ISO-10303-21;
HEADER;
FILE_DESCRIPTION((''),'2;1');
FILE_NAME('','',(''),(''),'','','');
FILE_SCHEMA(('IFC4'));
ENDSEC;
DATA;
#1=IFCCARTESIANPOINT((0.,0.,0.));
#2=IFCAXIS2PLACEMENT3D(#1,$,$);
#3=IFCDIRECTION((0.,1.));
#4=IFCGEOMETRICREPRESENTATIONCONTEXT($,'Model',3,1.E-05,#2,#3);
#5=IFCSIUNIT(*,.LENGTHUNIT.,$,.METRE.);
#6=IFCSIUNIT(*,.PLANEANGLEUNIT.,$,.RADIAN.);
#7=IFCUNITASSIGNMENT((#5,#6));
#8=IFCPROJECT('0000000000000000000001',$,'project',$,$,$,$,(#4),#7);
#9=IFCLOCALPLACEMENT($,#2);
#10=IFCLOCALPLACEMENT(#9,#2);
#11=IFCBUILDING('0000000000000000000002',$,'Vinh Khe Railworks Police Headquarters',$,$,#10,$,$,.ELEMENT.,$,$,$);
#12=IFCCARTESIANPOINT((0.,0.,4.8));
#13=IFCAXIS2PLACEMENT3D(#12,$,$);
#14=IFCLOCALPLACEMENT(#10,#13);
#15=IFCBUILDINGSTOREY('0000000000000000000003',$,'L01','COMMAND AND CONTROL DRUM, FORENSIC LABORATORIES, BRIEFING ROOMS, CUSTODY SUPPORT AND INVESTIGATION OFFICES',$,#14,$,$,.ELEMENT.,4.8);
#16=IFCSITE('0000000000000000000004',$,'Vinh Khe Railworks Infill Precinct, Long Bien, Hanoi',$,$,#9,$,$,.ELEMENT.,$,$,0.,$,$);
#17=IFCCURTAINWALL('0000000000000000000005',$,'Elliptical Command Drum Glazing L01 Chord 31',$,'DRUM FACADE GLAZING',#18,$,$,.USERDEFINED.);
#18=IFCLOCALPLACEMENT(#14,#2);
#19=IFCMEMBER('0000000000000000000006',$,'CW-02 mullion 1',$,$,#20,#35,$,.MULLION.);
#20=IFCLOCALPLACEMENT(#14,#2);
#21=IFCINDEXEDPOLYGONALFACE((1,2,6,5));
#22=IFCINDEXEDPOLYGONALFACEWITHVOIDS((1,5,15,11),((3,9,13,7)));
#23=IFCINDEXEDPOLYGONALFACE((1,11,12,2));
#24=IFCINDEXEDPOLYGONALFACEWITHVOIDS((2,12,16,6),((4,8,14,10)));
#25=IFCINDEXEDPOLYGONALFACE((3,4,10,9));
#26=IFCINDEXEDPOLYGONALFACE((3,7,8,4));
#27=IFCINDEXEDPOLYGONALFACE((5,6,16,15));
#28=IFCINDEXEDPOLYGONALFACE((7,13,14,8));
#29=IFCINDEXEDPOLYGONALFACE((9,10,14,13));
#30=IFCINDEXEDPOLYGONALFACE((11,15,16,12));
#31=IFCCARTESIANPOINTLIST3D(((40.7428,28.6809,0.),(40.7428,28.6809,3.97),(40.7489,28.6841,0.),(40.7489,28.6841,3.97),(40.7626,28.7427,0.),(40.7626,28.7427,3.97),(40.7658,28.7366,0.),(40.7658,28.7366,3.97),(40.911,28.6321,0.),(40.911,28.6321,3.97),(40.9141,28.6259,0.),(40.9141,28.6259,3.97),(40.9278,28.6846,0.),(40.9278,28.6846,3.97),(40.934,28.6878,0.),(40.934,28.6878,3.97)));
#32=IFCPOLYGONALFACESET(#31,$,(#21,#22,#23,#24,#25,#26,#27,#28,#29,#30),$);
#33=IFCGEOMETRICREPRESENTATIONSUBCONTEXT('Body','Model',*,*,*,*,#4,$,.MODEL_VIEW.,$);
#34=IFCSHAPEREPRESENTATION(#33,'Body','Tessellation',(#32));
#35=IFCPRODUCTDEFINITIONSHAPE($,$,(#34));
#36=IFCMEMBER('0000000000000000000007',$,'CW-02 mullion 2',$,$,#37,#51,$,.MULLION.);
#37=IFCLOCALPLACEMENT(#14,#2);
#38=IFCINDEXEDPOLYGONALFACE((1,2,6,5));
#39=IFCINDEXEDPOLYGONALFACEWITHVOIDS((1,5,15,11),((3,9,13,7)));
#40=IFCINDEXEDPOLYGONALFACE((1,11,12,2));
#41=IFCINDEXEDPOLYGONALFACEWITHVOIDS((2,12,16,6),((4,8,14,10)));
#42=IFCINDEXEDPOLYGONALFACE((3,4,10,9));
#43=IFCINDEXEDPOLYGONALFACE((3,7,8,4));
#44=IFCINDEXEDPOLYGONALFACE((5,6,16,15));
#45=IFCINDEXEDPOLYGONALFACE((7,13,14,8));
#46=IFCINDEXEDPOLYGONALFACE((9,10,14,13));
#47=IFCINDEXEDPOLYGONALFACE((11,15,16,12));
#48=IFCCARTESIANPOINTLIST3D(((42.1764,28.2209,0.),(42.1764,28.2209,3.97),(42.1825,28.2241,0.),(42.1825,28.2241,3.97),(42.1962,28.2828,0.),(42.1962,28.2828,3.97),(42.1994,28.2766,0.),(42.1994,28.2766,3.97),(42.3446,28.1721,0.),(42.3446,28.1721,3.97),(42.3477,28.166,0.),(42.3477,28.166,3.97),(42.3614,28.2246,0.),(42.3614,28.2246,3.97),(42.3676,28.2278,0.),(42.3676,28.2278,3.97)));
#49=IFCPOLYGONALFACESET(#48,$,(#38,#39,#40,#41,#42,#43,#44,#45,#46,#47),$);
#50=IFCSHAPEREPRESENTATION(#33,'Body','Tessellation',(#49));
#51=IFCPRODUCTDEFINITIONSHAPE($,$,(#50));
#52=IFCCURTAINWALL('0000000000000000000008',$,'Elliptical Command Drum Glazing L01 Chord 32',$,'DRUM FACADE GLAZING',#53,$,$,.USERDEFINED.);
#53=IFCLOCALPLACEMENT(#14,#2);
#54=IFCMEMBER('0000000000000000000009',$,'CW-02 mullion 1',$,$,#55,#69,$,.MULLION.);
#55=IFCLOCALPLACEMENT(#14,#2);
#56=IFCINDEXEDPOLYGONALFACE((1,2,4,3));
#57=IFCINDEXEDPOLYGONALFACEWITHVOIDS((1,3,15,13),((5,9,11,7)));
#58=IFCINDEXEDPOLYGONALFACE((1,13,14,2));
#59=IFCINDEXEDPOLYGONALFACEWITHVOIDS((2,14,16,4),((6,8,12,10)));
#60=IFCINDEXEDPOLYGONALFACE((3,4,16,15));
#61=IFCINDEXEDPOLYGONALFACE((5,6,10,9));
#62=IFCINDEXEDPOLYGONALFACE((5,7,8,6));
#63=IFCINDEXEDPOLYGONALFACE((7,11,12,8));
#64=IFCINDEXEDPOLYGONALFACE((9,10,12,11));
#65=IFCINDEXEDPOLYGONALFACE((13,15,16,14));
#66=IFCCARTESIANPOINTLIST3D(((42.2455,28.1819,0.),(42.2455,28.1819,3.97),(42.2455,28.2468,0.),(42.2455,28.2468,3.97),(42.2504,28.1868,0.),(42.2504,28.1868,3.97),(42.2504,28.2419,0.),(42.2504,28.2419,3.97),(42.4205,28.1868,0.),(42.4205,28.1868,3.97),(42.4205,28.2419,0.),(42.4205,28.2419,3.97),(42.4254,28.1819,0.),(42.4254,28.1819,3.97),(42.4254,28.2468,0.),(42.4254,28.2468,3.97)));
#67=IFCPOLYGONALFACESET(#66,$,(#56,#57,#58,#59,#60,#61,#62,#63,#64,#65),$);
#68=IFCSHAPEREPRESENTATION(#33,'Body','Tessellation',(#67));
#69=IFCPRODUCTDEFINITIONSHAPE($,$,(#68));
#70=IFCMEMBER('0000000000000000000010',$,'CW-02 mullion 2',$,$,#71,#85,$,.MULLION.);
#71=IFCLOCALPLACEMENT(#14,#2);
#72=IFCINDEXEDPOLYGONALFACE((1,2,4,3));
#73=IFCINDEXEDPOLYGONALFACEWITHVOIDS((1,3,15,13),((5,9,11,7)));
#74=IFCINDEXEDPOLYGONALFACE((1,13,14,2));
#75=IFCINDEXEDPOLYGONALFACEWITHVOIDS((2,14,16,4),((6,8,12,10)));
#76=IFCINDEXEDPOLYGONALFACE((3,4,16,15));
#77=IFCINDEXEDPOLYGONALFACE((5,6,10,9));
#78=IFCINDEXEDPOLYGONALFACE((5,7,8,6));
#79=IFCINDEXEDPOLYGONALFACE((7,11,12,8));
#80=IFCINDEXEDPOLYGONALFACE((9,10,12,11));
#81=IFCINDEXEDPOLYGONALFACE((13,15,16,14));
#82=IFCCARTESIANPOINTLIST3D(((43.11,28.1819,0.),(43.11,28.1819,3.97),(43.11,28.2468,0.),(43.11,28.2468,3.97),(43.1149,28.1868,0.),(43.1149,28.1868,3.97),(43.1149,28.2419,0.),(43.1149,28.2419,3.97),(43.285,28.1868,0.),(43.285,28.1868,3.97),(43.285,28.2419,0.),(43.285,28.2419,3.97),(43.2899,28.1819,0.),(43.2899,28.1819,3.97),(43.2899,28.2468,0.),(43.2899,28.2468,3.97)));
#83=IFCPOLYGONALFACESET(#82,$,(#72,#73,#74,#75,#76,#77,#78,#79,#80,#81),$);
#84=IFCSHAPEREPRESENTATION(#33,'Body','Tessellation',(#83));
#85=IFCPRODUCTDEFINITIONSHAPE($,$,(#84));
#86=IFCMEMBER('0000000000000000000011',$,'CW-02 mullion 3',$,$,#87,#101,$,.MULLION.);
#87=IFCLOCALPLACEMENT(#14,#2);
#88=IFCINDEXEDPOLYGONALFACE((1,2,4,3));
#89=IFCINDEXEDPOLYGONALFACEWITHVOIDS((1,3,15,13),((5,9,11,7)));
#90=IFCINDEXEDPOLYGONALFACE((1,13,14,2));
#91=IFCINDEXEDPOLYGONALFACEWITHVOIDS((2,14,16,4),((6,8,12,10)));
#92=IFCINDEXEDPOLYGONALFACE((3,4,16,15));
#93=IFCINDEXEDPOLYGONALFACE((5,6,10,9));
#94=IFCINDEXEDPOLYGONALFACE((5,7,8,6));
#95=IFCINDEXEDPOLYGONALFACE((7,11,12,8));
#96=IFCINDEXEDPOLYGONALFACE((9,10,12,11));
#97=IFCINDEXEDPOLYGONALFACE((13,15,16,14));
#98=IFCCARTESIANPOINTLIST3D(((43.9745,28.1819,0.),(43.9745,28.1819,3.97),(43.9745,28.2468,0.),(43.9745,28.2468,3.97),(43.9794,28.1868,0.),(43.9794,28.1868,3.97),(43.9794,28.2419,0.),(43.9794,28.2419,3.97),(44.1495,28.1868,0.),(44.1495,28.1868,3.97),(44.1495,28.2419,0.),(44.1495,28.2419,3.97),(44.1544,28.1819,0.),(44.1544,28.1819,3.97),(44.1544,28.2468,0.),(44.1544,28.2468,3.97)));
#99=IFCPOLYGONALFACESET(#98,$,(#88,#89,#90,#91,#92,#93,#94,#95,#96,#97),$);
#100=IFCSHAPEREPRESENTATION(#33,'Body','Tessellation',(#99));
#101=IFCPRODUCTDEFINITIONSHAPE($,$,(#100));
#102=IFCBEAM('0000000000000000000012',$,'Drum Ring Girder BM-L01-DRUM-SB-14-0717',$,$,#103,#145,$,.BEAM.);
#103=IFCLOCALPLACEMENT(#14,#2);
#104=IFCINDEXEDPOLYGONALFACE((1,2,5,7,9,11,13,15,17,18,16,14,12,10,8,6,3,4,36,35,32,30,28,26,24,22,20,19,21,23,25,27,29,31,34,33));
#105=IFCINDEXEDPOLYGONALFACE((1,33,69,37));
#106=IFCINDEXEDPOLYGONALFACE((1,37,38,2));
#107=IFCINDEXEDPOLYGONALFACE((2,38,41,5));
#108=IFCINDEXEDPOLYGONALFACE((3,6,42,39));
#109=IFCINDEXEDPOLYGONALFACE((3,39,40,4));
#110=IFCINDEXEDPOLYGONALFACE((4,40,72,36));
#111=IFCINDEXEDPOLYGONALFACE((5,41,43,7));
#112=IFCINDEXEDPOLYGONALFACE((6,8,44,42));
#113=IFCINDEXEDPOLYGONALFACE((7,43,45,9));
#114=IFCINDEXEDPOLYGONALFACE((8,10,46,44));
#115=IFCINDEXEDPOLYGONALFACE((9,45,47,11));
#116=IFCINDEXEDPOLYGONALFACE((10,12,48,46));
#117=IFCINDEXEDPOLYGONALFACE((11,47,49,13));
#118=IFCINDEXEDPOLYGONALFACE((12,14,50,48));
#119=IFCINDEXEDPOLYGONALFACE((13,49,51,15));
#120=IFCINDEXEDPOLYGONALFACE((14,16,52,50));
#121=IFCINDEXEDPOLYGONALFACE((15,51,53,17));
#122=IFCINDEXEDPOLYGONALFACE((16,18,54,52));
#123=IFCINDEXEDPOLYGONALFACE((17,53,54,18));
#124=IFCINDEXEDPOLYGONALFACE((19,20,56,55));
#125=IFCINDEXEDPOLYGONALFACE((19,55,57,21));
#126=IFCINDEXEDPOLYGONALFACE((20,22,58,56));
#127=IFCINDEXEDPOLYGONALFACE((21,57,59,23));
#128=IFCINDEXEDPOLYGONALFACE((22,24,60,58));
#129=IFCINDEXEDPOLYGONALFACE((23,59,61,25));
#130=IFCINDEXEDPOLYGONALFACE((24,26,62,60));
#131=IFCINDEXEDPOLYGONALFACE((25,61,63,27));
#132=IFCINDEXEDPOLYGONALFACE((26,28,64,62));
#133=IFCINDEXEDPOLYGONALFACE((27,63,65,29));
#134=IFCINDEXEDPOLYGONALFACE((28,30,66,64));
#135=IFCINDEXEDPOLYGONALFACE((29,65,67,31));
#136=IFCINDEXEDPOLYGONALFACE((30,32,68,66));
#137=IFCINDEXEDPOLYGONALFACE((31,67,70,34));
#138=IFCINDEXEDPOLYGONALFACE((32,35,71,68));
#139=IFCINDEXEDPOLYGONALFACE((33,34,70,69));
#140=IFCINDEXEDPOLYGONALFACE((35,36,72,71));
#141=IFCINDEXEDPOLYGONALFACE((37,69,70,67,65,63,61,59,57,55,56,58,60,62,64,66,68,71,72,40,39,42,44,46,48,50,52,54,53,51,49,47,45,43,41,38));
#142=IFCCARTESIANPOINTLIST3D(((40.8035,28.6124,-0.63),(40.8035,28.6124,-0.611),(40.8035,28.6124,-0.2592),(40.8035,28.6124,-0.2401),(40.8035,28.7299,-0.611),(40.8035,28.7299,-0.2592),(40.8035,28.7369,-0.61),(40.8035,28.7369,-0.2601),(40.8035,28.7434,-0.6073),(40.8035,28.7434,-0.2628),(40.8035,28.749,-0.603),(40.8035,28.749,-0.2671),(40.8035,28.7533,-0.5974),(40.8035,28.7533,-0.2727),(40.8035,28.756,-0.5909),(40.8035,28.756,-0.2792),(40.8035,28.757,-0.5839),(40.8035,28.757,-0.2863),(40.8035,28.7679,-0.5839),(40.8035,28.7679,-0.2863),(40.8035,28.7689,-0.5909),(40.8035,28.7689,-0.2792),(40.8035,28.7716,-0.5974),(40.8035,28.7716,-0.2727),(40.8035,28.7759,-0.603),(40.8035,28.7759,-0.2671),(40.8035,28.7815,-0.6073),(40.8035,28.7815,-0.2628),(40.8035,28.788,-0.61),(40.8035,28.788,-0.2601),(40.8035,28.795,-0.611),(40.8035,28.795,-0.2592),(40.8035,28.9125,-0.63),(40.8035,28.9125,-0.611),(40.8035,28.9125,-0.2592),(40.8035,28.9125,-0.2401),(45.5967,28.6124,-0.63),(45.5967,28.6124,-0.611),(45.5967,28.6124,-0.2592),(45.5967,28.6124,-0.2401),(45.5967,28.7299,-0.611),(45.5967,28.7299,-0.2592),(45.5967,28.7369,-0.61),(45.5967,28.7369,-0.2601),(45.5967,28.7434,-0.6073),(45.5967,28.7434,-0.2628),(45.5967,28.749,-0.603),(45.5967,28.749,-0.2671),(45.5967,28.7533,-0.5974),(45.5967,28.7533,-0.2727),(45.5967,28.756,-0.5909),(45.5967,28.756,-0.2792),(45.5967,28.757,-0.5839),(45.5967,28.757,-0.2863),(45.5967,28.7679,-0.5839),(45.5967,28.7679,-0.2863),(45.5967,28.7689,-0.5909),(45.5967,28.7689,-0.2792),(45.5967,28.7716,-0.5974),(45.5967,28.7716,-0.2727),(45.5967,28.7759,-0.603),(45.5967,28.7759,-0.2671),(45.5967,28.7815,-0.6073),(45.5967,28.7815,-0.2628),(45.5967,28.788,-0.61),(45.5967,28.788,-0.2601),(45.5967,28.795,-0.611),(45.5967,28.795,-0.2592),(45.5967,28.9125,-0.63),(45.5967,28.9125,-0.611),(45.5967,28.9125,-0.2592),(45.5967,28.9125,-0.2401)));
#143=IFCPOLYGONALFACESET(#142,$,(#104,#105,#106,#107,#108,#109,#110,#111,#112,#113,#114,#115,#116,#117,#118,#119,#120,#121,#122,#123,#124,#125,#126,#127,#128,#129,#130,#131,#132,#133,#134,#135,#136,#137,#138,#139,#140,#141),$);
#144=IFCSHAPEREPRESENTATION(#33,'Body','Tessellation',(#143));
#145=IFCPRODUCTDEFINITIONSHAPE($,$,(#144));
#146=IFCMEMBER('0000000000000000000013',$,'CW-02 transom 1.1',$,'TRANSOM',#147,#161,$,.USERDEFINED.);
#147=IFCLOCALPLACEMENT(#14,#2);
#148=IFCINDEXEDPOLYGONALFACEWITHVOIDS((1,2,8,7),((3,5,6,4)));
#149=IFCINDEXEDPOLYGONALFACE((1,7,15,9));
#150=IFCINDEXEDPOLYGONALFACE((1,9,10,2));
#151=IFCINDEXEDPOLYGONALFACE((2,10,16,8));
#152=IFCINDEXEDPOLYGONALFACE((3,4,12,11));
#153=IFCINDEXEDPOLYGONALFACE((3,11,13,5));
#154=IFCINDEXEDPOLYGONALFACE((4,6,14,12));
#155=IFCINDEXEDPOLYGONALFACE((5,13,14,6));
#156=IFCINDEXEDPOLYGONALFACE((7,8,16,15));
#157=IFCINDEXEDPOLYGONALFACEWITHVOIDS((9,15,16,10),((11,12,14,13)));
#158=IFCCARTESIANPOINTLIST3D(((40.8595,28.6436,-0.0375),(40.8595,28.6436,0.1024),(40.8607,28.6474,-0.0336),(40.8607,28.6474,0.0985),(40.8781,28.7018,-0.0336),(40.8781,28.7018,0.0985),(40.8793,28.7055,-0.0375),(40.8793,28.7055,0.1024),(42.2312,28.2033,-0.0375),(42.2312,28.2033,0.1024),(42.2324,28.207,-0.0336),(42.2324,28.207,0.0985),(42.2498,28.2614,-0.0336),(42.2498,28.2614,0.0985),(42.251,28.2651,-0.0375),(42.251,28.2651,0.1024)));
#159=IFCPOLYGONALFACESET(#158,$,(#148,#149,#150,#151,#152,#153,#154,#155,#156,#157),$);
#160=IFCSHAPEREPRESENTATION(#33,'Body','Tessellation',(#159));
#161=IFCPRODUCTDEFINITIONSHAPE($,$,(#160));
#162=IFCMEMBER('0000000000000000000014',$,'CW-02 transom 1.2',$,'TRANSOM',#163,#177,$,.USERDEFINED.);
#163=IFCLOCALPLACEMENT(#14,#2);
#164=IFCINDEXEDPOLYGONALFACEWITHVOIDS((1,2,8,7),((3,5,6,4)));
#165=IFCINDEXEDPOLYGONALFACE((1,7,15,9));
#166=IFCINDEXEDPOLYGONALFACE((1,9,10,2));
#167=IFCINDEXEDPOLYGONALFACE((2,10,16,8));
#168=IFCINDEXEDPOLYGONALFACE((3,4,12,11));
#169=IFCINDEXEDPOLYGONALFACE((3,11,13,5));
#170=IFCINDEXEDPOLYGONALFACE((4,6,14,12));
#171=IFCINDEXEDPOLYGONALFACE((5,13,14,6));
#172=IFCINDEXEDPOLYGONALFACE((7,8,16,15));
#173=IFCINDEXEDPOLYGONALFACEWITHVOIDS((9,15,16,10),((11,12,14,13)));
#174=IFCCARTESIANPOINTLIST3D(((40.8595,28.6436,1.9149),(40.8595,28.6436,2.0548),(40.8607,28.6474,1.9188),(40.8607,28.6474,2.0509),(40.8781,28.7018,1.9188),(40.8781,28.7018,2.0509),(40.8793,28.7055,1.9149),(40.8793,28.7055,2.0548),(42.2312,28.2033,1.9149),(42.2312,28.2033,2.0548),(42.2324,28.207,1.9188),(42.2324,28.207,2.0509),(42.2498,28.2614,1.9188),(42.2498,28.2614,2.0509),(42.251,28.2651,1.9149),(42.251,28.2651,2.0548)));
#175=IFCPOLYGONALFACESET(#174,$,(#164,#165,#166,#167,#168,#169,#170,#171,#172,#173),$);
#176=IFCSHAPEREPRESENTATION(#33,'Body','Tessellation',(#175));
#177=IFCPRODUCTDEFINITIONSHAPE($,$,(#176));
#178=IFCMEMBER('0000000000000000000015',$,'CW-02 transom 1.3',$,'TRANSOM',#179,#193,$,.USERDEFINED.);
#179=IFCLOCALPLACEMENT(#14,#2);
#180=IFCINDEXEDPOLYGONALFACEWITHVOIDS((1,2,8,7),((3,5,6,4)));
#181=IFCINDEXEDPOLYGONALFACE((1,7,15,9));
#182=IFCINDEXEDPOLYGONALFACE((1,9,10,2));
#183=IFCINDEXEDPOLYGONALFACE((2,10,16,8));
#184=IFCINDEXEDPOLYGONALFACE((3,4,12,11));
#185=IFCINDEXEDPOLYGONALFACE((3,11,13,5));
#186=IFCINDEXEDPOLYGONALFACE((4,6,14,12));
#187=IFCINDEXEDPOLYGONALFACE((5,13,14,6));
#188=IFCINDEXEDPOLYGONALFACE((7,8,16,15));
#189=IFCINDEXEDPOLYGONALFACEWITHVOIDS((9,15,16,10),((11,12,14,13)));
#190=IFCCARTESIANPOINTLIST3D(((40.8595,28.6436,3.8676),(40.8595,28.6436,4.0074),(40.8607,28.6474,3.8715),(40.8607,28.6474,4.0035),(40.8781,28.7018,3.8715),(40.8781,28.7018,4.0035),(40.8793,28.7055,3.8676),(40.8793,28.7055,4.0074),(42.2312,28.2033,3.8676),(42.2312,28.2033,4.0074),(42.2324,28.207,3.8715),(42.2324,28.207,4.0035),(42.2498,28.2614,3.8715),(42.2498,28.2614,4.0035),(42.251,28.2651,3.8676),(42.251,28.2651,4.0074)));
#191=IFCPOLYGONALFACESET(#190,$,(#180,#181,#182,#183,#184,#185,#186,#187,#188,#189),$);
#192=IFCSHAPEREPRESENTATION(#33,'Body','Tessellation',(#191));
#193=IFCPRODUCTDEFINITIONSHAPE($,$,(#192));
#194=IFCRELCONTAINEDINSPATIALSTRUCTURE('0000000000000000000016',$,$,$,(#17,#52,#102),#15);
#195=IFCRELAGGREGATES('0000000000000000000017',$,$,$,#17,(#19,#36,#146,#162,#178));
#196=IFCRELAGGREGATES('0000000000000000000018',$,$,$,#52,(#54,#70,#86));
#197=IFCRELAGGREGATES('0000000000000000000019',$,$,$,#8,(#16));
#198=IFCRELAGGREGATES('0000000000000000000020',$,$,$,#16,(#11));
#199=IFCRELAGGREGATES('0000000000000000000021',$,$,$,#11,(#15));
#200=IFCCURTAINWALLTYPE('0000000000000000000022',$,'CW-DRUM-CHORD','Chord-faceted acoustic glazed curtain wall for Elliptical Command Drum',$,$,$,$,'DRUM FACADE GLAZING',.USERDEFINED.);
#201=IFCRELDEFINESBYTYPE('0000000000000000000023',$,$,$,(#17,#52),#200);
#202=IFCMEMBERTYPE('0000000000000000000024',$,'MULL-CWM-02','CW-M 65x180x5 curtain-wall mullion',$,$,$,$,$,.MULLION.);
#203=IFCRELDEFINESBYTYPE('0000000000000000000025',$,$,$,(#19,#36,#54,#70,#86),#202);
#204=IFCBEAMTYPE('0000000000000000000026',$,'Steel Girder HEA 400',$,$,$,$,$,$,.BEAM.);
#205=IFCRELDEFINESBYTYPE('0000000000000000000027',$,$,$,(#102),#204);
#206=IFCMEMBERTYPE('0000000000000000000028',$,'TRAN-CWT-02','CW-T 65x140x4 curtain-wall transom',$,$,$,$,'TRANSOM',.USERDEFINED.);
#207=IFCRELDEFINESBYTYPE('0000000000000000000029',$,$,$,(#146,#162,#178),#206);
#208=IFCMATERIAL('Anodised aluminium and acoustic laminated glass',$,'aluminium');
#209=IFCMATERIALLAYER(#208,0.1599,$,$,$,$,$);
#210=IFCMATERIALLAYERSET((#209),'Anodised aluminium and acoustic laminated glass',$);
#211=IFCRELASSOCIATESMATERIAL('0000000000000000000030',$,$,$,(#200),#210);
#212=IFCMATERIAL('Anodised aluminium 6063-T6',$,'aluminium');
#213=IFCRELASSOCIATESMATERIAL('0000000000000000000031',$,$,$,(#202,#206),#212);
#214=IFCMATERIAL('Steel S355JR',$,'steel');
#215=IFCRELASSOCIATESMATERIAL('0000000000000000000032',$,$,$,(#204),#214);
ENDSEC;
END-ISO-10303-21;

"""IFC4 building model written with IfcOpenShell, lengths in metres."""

from ifc_helpers import new_model, si_unit, direction, frame, origin, origin_2d, place, context, subcontext, project, spatial, hollow_rectangle, i_section, extrude, material, layer, layer_set, material_profile, profile_set, type_object, element, aggregate, save


model = new_model("IFC4")

# Units and contexts
model_context = context("Model", 3, precision=1e-05, world=origin(), true_north=direction((0.0, 1.0)))
body_context = subcontext(model_context, "Body", "Model", "MODEL_VIEW")
ifc_project = project(units=[si_unit("LENGTHUNIT", "METRE"), si_unit("PLANEANGLEUNIT", "RADIAN")], contexts=[model_context])

# Site, building, storey
site_placement = place(None, origin())
site = spatial("IfcSite", under=ifc_project, at=site_placement, Name="Vinh Khe Railworks Infill Precinct, Long Bien, Hanoi", CompositionType="ELEMENT", RefElevation=0.0)
building_placement = place(site_placement, origin())
building = spatial("IfcBuilding", under=site, at=building_placement, Name="Vinh Khe Railworks Police Headquarters", CompositionType="ELEMENT")
storey_placement = place(building_placement, frame((0.0, 0.0, 4.8)))
storey = spatial("IfcBuildingStorey", under=building, at=storey_placement, Name="L01", Description="COMMAND AND CONTROL DRUM, FORENSIC LABORATORIES, BRIEFING ROOMS, CUSTODY SUPPORT AND INVESTIGATION OFFICES", CompositionType="ELEMENT", Elevation=4.8)

# Curtain walls, members
ifc_material_1 = material(Name="Anodised aluminium and acoustic laminated glass", Category="aluminium")
ifc_layer_1 = layer(ifc_material_1, 0.1599)
ifc_layer_set_1 = layer_set([ifc_layer_1], Name="Anodised aluminium and acoustic laminated glass")
curtain_wall_type = type_object("IfcCurtainWallType", Name="CW-DRUM-CHORD", Description="Chord-faceted acoustic glazed curtain wall for Elliptical Command Drum", ElementType="DRUM FACADE GLAZING", PredefinedType="USERDEFINED", material=ifc_layer_set_1)
curtain_wall_1_placement = place(storey_placement, origin())
curtain_wall_1 = element("IfcCurtainWall", 1, at=curtain_wall_1_placement, inside=storey, type_object=curtain_wall_type, Name="Elliptical Command Drum Glazing L01 Chord 31", ObjectType="DRUM FACADE GLAZING", PredefinedType="USERDEFINED")
ifc_material_2 = material(Name="Anodised aluminium 6063-T6", Category="aluminium")
ifc_material_profile_1 = material_profile(ifc_material_2, hollow_rectangle(XDim=0.0649, YDim=0.1799, WallThickness=0.0049, at=origin_2d()), Name="CW-M 65x180x5")
ifc_profile_set_1 = profile_set([ifc_material_profile_1], Name="Anodised aluminium 6063-T6")
member_type_1 = type_object("IfcMemberType", Name="MULL-CWM-02", Description="CW-M 65x180x5 curtain-wall mullion", PredefinedType="MULLION", material=ifc_profile_set_1)
member_1_placement = place(storey_placement, frame((40.8384, 28.6843, 0.0), z_axis=(0.0, 0.0, 1.0), x_axis=(0.305575, 0.952168, 0.0)))
member_1 = element("IfcMember", 2, at=member_1_placement, type_object=member_type_1, Name="CW-02 mullion 1", PredefinedType="MULLION", context=body_context, shape_type="SweptSolid", body=[
    extrude(hollow_rectangle(XDim=0.0649, YDim=0.1799, WallThickness=0.0049, at=origin_2d()), origin(), (0.0, 0.0, 1.0), 3.97),
])
member_2_placement = place(storey_placement, frame((42.272, 28.2244, 0.0), z_axis=(0.0, 0.0, 1.0), x_axis=(0.305575, 0.952168, 0.0)))
member_2 = element("IfcMember", 3, at=member_2_placement, type_object=member_type_1, Name="CW-02 mullion 2", PredefinedType="MULLION", context=body_context, shape_type="SweptSolid", body=[
    extrude(hollow_rectangle(XDim=0.0649, YDim=0.1799, WallThickness=0.0049, at=origin_2d()), origin(), (0.0, 0.0, 1.0), 3.97),
])
curtain_wall_2_placement = place(storey_placement, origin())
curtain_wall_2 = element("IfcCurtainWall", 4, at=curtain_wall_2_placement, inside=storey, type_object=curtain_wall_type, Name="Elliptical Command Drum Glazing L01 Chord 32", ObjectType="DRUM FACADE GLAZING", PredefinedType="USERDEFINED")
member_3_placement = place(storey_placement, frame((42.3354, 28.2144, 0.0), z_axis=(0.0, 0.0, 1.0), x_axis=(0.0, 1.0, 0.0)))
member_3 = element("IfcMember", 5, at=member_3_placement, type_object=member_type_1, Name="CW-02 mullion 1", PredefinedType="MULLION", context=body_context, shape_type="SweptSolid", body=[
    extrude(hollow_rectangle(XDim=0.0649, YDim=0.1799, WallThickness=0.0049, at=origin_2d()), origin(), (0.0, 0.0, 1.0), 3.97),
])
member_4_placement = place(storey_placement, frame((43.2, 28.2144, 0.0), z_axis=(0.0, 0.0, 1.0), x_axis=(0.0, 1.0, 0.0)))
member_4 = element("IfcMember", 6, at=member_4_placement, type_object=member_type_1, Name="CW-02 mullion 2", PredefinedType="MULLION", context=body_context, shape_type="SweptSolid", body=[
    extrude(hollow_rectangle(XDim=0.0649, YDim=0.1799, WallThickness=0.0049, at=origin_2d()), origin(), (0.0, 0.0, 1.0), 3.97),
])
member_5_placement = place(storey_placement, frame((44.0645, 28.2144, 0.0), z_axis=(0.0, 0.0, 1.0), x_axis=(0.0, 1.0, 0.0)))
member_5 = element("IfcMember", 7, at=member_5_placement, type_object=member_type_1, Name="CW-02 mullion 3", PredefinedType="MULLION", context=body_context, shape_type="SweptSolid", body=[
    extrude(hollow_rectangle(XDim=0.0649, YDim=0.1799, WallThickness=0.0049, at=origin_2d()), origin(), (0.0, 0.0, 1.0), 3.97),
])

# Beam
ifc_material_3 = material(Name="Steel S355JR", Category="steel")
ifc_material_profile_2 = material_profile(ifc_material_3, i_section(OverallWidth=0.3, OverallDepth=0.3899, WebThickness=0.011, FlangeThickness=0.019, FilletRadius=0.0271, at=origin_2d()), Name="HEA 400")
ifc_profile_set_2 = profile_set([ifc_material_profile_2], Name="Steel S355JR")
beam_type = type_object("IfcBeamType", Name="Steel Girder HEA 400", PredefinedType="BEAM", material=ifc_profile_set_2)
beam_placement = place(storey_placement, frame((40.8035, 28.7625, -0.4351), z_axis=(1.0, 0.0, 0.0), x_axis=(0.0, 1.0, 0.0)))
element("IfcBeam", 8, at=beam_placement, inside=storey, type_object=beam_type, Name="Drum Ring Girder BM-L01-DRUM-SB-14-0717", PredefinedType="BEAM", context=body_context, shape_type="SweptSolid", body=[
    extrude(i_section(OverallWidth=0.3, OverallDepth=0.3899, WebThickness=0.011, FlangeThickness=0.019, FilletRadius=0.0271, at=origin_2d()), origin(), (0.0, 0.0, 1.0), 4.7932),
])

# Members
ifc_material_profile_3 = material_profile(ifc_material_2, hollow_rectangle(XDim=0.0649, YDim=0.1399, WallThickness=0.0039, at=origin_2d()), Name="CW-T 65x140x4")
ifc_profile_set_3 = profile_set([ifc_material_profile_3], Name="Anodised aluminium 6063-T6")
member_type_2 = type_object("IfcMemberType", Name="TRAN-CWT-02", Description="CW-T 65x140x4 curtain-wall transom", ElementType="TRANSOM", PredefinedType="USERDEFINED", material=ifc_profile_set_3)
member_6_placement = place(storey_placement, frame((40.8694, 28.6746, 0.0325), z_axis=(0.952133, -0.305686, 0.0), x_axis=(0.305686, 0.952133, 0.0)))
member_6 = element("IfcMember", 9, at=member_6_placement, type_object=member_type_2, Name="CW-02 transom 1.1", ObjectType="TRANSOM", PredefinedType="USERDEFINED", context=body_context, shape_type="SweptSolid", body=[
    extrude(hollow_rectangle(XDim=0.0649, YDim=0.1399, WallThickness=0.0039, at=origin_2d()), origin(), (0.0, 0.0, 1.0), 1.4407),
])
member_7_placement = place(storey_placement, frame((40.8694, 28.6746, 1.9849), z_axis=(0.952133, -0.305686, 0.0), x_axis=(0.305686, 0.952133, 0.0)))
member_7 = element("IfcMember", 10, at=member_7_placement, type_object=member_type_2, Name="CW-02 transom 1.2", ObjectType="TRANSOM", PredefinedType="USERDEFINED", context=body_context, shape_type="SweptSolid", body=[
    extrude(hollow_rectangle(XDim=0.0649, YDim=0.1399, WallThickness=0.0039, at=origin_2d()), origin(), (0.0, 0.0, 1.0), 1.4407),
])
member_8_placement = place(storey_placement, frame((40.8694, 28.6746, 3.9375), z_axis=(0.952133, -0.305686, 0.0), x_axis=(0.305686, 0.952133, 0.0)))
member_8 = element("IfcMember", 11, at=member_8_placement, type_object=member_type_2, Name="CW-02 transom 1.3", ObjectType="TRANSOM", PredefinedType="USERDEFINED", context=body_context, shape_type="SweptSolid", body=[
    extrude(hollow_rectangle(XDim=0.0649, YDim=0.1399, WallThickness=0.0039, at=origin_2d()), origin(), (0.0, 0.0, 1.0), 1.4407),
])

aggregate(curtain_wall_1, [member_1, member_2, member_6, member_7, member_8])
aggregate(curtain_wall_2, [member_3, member_4, member_5])

save(model, "model.ifc")
